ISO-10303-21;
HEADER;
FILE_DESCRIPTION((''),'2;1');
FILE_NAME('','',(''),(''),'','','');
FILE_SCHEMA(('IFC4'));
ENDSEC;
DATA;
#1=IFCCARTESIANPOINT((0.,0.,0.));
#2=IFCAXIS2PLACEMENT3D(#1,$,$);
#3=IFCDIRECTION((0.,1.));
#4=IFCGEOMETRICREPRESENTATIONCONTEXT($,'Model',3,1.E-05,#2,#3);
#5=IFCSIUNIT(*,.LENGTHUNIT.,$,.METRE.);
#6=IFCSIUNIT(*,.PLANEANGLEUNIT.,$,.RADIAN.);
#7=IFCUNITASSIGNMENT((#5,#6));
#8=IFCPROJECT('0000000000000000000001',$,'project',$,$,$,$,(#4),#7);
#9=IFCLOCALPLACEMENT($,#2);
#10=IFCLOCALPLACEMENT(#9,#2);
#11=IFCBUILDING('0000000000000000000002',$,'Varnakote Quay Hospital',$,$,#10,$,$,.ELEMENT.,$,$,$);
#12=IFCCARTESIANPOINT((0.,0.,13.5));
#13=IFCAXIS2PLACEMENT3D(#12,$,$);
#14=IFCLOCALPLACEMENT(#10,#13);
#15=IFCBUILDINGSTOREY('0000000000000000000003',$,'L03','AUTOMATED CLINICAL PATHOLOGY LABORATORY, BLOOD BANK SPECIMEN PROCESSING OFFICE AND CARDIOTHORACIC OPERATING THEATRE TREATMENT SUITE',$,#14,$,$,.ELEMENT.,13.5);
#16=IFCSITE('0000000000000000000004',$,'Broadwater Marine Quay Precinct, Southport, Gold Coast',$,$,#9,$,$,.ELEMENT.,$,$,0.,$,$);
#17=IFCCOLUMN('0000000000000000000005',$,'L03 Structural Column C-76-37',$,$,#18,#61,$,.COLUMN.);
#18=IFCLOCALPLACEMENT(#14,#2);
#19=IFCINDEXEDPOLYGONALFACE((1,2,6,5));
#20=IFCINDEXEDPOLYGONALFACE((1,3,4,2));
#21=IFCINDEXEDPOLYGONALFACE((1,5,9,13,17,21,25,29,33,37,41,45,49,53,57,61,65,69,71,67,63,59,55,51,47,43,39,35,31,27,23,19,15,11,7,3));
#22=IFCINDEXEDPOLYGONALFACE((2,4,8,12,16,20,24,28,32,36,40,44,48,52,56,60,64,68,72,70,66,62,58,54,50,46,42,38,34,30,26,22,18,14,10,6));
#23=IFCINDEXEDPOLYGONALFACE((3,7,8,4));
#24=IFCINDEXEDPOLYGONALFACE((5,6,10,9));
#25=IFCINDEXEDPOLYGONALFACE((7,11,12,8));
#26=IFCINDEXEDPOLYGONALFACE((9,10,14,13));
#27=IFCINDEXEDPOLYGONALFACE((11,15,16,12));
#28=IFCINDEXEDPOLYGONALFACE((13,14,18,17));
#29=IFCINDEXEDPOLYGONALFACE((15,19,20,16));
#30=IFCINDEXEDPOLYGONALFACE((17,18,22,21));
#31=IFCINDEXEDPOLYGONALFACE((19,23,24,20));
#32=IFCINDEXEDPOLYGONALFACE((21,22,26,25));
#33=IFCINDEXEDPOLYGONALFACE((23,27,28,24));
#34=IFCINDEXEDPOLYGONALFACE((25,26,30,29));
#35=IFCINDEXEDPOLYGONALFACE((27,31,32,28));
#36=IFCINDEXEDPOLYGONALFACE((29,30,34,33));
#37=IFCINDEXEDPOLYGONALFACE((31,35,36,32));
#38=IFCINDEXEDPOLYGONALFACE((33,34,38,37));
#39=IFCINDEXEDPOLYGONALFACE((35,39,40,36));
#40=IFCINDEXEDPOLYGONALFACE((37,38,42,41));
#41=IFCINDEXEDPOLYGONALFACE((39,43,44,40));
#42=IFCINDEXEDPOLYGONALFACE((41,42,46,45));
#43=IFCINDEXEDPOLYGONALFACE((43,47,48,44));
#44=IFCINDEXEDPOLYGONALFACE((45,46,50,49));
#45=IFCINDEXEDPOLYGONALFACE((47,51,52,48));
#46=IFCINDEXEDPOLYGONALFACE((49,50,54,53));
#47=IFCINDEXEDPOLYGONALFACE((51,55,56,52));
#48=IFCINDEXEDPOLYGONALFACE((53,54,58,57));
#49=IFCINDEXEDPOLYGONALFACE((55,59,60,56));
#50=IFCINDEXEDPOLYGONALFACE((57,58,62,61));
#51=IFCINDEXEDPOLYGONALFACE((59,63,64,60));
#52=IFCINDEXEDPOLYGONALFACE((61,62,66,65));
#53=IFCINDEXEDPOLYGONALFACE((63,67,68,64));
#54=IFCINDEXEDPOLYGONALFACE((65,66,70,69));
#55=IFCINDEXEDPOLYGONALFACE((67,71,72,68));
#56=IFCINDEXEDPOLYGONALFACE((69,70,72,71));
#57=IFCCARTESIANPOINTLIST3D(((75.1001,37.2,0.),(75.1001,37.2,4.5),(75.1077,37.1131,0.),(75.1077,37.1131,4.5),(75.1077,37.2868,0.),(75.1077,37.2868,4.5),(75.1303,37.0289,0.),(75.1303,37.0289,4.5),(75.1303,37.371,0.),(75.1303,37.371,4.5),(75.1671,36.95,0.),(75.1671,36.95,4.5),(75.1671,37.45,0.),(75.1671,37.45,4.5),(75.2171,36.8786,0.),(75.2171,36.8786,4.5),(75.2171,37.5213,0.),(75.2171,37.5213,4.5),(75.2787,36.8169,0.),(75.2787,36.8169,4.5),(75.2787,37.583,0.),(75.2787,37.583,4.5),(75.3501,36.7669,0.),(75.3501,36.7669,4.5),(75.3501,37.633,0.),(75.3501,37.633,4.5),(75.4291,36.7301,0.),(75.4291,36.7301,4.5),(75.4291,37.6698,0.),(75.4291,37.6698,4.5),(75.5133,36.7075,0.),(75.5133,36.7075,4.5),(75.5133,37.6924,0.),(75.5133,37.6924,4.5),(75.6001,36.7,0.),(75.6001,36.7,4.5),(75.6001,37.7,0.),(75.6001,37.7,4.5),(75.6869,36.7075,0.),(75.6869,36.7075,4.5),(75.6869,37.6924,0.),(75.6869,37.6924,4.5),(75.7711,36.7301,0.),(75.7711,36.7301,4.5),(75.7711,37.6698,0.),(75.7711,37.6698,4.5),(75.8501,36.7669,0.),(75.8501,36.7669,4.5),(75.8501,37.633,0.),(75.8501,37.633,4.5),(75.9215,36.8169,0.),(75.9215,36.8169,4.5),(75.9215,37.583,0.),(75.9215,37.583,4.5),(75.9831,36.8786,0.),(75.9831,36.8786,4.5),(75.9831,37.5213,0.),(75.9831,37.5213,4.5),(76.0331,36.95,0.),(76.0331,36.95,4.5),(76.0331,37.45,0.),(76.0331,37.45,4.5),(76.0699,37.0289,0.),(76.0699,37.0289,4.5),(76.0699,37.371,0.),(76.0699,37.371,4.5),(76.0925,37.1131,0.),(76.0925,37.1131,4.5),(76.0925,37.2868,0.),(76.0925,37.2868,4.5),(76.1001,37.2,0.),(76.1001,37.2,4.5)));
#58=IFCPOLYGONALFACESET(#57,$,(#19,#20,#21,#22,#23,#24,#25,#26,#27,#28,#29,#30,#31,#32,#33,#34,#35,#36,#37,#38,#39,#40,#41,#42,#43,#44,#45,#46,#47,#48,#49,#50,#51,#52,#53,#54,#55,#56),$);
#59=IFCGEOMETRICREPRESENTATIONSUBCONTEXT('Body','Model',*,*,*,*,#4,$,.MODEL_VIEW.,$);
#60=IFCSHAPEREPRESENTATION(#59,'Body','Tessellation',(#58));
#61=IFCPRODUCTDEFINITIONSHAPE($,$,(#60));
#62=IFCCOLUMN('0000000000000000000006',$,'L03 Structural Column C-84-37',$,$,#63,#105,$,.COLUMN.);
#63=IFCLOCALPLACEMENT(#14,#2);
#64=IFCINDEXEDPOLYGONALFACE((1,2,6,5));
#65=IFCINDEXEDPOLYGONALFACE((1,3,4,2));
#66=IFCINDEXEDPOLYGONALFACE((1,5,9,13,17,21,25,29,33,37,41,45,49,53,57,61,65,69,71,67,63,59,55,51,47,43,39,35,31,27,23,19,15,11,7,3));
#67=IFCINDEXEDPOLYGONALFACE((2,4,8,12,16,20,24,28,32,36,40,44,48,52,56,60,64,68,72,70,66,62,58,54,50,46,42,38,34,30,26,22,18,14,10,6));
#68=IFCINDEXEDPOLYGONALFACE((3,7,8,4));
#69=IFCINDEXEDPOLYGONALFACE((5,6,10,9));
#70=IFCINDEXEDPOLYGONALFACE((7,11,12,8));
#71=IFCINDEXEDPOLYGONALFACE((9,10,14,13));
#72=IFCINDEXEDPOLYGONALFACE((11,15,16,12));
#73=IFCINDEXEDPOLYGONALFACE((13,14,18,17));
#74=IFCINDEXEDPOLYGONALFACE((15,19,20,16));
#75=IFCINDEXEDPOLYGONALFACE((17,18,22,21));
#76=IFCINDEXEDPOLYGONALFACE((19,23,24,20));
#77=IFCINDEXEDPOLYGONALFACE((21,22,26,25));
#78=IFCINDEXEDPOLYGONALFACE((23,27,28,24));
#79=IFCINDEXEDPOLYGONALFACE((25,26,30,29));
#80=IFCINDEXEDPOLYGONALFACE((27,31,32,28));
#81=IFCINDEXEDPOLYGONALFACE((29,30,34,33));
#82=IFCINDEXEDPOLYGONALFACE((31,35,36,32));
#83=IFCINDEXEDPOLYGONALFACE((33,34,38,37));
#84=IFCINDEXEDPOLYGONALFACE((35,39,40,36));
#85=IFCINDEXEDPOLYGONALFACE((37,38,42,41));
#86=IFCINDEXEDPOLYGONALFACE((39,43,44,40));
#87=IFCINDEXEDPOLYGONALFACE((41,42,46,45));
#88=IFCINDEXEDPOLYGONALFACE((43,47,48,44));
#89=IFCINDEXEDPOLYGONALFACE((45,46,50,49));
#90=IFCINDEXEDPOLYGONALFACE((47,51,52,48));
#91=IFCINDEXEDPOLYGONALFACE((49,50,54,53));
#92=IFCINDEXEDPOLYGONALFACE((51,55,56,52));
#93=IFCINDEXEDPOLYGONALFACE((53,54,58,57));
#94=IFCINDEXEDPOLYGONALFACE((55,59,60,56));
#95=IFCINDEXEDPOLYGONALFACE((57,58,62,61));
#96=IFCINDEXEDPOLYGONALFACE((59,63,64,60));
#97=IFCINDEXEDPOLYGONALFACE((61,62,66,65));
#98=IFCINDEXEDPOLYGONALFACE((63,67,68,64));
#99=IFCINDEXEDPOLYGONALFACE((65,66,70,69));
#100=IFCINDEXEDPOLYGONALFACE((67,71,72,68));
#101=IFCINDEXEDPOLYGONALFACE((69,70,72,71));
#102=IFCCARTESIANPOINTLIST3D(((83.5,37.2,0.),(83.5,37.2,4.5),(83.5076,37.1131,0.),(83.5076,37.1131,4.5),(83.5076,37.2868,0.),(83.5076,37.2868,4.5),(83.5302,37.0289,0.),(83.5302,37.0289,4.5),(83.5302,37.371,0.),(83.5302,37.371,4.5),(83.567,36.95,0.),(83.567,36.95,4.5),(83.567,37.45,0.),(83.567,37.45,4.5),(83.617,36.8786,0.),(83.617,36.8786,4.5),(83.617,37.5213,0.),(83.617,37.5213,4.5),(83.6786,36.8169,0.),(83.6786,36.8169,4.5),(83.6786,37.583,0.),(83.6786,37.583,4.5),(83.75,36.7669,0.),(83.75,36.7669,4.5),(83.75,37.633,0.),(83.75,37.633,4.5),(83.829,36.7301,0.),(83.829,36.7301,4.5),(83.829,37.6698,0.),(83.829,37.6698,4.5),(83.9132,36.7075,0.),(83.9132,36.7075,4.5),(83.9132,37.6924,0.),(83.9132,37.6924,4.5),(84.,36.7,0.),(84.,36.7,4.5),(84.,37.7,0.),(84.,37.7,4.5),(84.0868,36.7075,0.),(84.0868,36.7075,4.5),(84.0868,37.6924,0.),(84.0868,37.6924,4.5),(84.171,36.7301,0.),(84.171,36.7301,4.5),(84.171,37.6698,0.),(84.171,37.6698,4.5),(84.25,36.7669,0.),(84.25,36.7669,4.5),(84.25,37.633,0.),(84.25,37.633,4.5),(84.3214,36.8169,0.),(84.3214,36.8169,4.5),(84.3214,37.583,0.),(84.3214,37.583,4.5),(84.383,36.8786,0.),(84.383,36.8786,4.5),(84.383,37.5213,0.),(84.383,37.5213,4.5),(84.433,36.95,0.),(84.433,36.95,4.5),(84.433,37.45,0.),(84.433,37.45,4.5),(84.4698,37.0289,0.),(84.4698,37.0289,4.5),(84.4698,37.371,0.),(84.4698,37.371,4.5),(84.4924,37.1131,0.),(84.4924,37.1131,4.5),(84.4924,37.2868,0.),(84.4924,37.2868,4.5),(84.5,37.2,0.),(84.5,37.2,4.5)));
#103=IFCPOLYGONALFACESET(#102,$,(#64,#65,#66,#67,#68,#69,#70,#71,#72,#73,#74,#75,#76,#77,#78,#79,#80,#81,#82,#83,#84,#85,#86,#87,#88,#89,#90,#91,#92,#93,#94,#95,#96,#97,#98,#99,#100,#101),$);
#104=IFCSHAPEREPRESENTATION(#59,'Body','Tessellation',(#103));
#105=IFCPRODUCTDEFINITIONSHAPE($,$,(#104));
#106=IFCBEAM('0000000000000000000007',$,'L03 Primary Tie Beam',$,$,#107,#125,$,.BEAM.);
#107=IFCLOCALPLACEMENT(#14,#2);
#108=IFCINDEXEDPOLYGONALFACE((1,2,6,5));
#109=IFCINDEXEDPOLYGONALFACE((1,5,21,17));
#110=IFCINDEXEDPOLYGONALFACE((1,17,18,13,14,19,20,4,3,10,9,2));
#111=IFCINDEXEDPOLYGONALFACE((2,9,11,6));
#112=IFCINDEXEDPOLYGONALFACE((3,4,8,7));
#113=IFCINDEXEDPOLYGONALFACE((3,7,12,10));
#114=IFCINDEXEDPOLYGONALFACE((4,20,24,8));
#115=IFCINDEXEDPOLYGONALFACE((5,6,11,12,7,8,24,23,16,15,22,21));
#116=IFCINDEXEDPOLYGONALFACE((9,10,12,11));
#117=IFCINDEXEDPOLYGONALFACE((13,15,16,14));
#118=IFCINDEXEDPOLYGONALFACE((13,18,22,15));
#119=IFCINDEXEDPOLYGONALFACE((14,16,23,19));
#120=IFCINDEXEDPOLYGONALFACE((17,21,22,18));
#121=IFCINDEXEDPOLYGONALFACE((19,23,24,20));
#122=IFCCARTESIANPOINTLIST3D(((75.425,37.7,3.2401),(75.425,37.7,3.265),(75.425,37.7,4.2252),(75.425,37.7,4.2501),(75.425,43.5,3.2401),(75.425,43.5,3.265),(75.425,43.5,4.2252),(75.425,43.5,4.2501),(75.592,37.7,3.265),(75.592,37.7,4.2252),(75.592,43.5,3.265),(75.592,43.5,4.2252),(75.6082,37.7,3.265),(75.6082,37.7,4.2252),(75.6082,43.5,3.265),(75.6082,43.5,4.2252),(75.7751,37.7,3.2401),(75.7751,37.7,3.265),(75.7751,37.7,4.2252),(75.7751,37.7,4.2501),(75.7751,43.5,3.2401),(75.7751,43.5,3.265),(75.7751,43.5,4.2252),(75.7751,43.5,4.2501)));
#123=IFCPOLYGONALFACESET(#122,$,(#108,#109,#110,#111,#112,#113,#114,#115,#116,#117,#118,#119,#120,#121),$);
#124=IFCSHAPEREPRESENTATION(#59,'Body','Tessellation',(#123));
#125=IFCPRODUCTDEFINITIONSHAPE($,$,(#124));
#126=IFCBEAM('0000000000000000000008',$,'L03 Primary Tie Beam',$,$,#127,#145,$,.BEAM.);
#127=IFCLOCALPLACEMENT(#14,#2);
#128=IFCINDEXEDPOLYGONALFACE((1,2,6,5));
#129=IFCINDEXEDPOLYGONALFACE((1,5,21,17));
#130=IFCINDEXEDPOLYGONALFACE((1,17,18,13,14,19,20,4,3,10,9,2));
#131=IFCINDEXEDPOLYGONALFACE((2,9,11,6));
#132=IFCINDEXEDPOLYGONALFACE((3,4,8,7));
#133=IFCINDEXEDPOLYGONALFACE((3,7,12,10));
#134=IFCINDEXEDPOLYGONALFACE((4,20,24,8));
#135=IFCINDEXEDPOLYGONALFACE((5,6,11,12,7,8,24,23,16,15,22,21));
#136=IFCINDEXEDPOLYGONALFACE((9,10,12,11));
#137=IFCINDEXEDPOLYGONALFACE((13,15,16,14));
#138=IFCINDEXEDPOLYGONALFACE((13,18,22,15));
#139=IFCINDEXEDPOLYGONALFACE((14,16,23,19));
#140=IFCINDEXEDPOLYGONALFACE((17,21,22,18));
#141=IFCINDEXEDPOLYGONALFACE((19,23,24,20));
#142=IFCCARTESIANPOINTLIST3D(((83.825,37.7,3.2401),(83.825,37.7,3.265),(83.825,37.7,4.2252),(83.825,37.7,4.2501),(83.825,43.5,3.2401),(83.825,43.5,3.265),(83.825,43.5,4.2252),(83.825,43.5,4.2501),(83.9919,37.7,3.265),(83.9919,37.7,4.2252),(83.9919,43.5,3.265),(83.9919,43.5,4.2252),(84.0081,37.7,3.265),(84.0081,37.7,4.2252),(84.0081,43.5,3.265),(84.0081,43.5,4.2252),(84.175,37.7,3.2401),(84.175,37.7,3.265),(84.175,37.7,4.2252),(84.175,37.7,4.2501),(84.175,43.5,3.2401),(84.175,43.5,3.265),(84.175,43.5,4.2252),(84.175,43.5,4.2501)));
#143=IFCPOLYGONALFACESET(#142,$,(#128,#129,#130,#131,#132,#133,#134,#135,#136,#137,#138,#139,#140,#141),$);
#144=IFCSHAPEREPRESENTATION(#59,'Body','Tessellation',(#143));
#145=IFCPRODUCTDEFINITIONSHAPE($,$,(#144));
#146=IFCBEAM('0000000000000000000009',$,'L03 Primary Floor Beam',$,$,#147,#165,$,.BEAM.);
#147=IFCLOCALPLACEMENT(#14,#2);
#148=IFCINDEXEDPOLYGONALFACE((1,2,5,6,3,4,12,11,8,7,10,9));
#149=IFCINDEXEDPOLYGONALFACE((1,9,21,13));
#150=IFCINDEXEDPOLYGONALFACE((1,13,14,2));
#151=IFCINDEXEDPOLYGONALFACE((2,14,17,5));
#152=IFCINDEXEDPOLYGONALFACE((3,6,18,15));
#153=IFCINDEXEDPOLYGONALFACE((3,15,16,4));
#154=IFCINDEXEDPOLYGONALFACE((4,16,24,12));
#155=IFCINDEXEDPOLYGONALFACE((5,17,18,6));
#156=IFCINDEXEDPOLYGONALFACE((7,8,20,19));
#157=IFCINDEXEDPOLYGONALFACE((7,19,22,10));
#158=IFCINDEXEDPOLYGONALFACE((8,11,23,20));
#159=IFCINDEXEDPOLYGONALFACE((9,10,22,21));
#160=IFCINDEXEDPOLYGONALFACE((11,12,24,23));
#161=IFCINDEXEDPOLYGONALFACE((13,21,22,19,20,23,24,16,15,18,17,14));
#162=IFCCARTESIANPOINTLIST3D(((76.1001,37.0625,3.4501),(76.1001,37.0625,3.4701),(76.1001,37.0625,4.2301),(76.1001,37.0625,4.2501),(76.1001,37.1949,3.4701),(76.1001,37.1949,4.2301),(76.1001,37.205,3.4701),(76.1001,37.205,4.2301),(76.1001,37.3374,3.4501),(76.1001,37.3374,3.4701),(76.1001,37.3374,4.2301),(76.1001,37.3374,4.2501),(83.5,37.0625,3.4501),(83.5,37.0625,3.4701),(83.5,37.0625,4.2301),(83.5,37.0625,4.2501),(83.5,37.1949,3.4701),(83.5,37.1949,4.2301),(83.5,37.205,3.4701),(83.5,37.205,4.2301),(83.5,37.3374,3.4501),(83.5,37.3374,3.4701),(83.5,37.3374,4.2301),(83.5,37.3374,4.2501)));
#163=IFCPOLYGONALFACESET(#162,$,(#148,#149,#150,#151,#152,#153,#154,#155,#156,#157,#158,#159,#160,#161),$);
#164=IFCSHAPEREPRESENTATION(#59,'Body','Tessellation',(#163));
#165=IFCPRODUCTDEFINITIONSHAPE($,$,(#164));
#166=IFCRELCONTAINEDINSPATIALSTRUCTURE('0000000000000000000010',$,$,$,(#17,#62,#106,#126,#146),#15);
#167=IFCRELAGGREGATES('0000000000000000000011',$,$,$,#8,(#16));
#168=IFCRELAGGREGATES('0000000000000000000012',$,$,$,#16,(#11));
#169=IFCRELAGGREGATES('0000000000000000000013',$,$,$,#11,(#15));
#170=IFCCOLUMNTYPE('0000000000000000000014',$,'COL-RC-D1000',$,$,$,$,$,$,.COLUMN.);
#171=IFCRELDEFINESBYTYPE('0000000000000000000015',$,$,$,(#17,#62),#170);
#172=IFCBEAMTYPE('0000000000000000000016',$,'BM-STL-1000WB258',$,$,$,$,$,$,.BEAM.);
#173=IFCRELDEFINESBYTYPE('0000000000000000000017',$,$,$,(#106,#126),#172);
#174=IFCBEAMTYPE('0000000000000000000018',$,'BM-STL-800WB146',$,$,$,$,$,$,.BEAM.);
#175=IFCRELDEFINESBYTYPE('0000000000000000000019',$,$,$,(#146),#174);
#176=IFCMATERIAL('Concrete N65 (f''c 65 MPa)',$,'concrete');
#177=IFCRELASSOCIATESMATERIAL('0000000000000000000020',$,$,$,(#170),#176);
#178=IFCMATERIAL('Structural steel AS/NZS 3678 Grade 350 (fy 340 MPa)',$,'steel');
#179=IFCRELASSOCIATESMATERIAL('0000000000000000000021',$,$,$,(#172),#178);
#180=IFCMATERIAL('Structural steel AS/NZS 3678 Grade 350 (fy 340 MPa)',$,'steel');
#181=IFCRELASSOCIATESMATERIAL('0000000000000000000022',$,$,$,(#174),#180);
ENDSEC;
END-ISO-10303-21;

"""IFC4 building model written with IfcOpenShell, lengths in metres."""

from ifc_helpers import new_model, si_unit, direction, frame, origin, origin_2d, place, context, subcontext, project, spatial, circle, i_section, extrude, material, material_profile, profile_set, type_object, element, save


model = new_model("IFC4")

# Units and contexts
model_context = context("Model", 3, precision=1e-05, world=origin(), true_north=direction((0.0, 1.0)))
body_context = subcontext(model_context, "Body", "Model", "MODEL_VIEW")
ifc_project = project(units=[si_unit("LENGTHUNIT", "METRE"), si_unit("PLANEANGLEUNIT", "RADIAN")], contexts=[model_context])

# Site, building, storey
site_placement = place(None, origin())
site = spatial("IfcSite", under=ifc_project, at=site_placement, Name="Broadwater Marine Quay Precinct, Southport, Gold Coast", CompositionType="ELEMENT", RefElevation=0.0)
building_placement = place(site_placement, origin())
building = spatial("IfcBuilding", under=site, at=building_placement, Name="Varnakote Quay Hospital", CompositionType="ELEMENT")
storey_placement = place(building_placement, frame((0.0, 0.0, 13.5)))
storey = spatial("IfcBuildingStorey", under=building, at=storey_placement, Name="L03", Description="AUTOMATED CLINICAL PATHOLOGY LABORATORY, BLOOD BANK SPECIMEN PROCESSING OFFICE AND CARDIOTHORACIC OPERATING THEATRE TREATMENT SUITE", CompositionType="ELEMENT", Elevation=13.5)

# Columns
ifc_material_1 = material(Name="Concrete N65 (f'c 65 MPa)", Category="concrete")
ifc_material_profile_1 = material_profile(ifc_material_1, circle(Radius=0.5, at=origin_2d()), Name="RC-COL-D1000")
ifc_profile_set_1 = profile_set([ifc_material_profile_1], Name="Concrete N65 (f'c 65 MPa)")
column_type = type_object("IfcColumnType", Name="COL-RC-D1000", PredefinedType="COLUMN", material=ifc_profile_set_1)
for number, where, z_axis, x_axis, name in (
    (1, (75.6001, 37.2, 0.0), (0.0, 0.0, 1.0), (1.0, 0.0, 0.0), "L03 Structural Column C-76-37"),
    (2, (84.0, 37.2, 0.0), (0.0, 0.0, 1.0), (1.0, 0.0, 0.0), "L03 Structural Column C-84-37"),
):
    element("IfcColumn", number, at=place(storey_placement, frame(where, z_axis=z_axis, x_axis=x_axis)), inside=storey, type_object=column_type, Name=name, PredefinedType="COLUMN", context=body_context, shape_type="SweptSolid", body=[
        extrude(circle(Radius=0.5, at=origin_2d()), origin(), (0.0, 0.0, 1.0), 4.5),
    ])

# Beams
ifc_material_2 = material(Name="Structural steel AS/NZS 3678 Grade 350 (fy 340 MPa)", Category="steel")
ifc_material_profile_2 = material_profile(ifc_material_2, i_section(OverallWidth=0.3501, OverallDepth=1.01, WebThickness=0.0161, FlangeThickness=0.0249, at=origin_2d()), Name="1000WB258")
ifc_profile_set_2 = profile_set([ifc_material_profile_2], Name="Structural steel AS/NZS 3678 Grade 350 (fy 340 MPa)")
beam_type_1 = type_object("IfcBeamType", Name="BM-STL-1000WB258", PredefinedType="BEAM", material=ifc_profile_set_2)
for number, where, z_axis, x_axis, name in (
    (3, (75.6001, 37.7, 3.7451), (0.0, 1.0, 0.0), (-1.0, 0.0, 0.0), "L03 Primary Tie Beam"),
    (4, (84.0, 37.7, 3.7451), (0.0, 1.0, 0.0), (-1.0, 0.0, 0.0), "L03 Primary Tie Beam"),
):
    element("IfcBeam", number, at=place(storey_placement, frame(where, z_axis=z_axis, x_axis=x_axis)), inside=storey, type_object=beam_type_1, Name=name, PredefinedType="BEAM", context=body_context, shape_type="SweptSolid", body=[
        extrude(i_section(OverallWidth=0.3501, OverallDepth=1.01, WebThickness=0.0161, FlangeThickness=0.0249, at=origin_2d()), origin(), (0.0, 0.0, 1.0), 5.8),
    ])
ifc_material_3 = material(Name="Structural steel AS/NZS 3678 Grade 350 (fy 340 MPa)", Category="steel")
ifc_material_profile_3 = material_profile(ifc_material_3, i_section(OverallWidth=0.2749, OverallDepth=0.8, WebThickness=0.01, FlangeThickness=0.02, at=origin_2d()), Name="800WB146")
ifc_profile_set_3 = profile_set([ifc_material_profile_3], Name="Structural steel AS/NZS 3678 Grade 350 (fy 340 MPa)")
beam_type_2 = type_object("IfcBeamType", Name="BM-STL-800WB146", PredefinedType="BEAM", material=ifc_profile_set_3)
beam_placement = place(storey_placement, frame((76.1001, 37.2, 3.8501), z_axis=(1.0, 0.0, 0.0), x_axis=(0.0, 1.0, 0.0)))
element("IfcBeam", 5, at=beam_placement, inside=storey, type_object=beam_type_2, Name="L03 Primary Floor Beam", PredefinedType="BEAM", context=body_context, shape_type="SweptSolid", body=[
    extrude(i_section(OverallWidth=0.2749, OverallDepth=0.8, WebThickness=0.01, FlangeThickness=0.02, at=origin_2d()), origin(), (0.0, 0.0, 1.0), 7.3999),
])

save(model, "model.ifc")
